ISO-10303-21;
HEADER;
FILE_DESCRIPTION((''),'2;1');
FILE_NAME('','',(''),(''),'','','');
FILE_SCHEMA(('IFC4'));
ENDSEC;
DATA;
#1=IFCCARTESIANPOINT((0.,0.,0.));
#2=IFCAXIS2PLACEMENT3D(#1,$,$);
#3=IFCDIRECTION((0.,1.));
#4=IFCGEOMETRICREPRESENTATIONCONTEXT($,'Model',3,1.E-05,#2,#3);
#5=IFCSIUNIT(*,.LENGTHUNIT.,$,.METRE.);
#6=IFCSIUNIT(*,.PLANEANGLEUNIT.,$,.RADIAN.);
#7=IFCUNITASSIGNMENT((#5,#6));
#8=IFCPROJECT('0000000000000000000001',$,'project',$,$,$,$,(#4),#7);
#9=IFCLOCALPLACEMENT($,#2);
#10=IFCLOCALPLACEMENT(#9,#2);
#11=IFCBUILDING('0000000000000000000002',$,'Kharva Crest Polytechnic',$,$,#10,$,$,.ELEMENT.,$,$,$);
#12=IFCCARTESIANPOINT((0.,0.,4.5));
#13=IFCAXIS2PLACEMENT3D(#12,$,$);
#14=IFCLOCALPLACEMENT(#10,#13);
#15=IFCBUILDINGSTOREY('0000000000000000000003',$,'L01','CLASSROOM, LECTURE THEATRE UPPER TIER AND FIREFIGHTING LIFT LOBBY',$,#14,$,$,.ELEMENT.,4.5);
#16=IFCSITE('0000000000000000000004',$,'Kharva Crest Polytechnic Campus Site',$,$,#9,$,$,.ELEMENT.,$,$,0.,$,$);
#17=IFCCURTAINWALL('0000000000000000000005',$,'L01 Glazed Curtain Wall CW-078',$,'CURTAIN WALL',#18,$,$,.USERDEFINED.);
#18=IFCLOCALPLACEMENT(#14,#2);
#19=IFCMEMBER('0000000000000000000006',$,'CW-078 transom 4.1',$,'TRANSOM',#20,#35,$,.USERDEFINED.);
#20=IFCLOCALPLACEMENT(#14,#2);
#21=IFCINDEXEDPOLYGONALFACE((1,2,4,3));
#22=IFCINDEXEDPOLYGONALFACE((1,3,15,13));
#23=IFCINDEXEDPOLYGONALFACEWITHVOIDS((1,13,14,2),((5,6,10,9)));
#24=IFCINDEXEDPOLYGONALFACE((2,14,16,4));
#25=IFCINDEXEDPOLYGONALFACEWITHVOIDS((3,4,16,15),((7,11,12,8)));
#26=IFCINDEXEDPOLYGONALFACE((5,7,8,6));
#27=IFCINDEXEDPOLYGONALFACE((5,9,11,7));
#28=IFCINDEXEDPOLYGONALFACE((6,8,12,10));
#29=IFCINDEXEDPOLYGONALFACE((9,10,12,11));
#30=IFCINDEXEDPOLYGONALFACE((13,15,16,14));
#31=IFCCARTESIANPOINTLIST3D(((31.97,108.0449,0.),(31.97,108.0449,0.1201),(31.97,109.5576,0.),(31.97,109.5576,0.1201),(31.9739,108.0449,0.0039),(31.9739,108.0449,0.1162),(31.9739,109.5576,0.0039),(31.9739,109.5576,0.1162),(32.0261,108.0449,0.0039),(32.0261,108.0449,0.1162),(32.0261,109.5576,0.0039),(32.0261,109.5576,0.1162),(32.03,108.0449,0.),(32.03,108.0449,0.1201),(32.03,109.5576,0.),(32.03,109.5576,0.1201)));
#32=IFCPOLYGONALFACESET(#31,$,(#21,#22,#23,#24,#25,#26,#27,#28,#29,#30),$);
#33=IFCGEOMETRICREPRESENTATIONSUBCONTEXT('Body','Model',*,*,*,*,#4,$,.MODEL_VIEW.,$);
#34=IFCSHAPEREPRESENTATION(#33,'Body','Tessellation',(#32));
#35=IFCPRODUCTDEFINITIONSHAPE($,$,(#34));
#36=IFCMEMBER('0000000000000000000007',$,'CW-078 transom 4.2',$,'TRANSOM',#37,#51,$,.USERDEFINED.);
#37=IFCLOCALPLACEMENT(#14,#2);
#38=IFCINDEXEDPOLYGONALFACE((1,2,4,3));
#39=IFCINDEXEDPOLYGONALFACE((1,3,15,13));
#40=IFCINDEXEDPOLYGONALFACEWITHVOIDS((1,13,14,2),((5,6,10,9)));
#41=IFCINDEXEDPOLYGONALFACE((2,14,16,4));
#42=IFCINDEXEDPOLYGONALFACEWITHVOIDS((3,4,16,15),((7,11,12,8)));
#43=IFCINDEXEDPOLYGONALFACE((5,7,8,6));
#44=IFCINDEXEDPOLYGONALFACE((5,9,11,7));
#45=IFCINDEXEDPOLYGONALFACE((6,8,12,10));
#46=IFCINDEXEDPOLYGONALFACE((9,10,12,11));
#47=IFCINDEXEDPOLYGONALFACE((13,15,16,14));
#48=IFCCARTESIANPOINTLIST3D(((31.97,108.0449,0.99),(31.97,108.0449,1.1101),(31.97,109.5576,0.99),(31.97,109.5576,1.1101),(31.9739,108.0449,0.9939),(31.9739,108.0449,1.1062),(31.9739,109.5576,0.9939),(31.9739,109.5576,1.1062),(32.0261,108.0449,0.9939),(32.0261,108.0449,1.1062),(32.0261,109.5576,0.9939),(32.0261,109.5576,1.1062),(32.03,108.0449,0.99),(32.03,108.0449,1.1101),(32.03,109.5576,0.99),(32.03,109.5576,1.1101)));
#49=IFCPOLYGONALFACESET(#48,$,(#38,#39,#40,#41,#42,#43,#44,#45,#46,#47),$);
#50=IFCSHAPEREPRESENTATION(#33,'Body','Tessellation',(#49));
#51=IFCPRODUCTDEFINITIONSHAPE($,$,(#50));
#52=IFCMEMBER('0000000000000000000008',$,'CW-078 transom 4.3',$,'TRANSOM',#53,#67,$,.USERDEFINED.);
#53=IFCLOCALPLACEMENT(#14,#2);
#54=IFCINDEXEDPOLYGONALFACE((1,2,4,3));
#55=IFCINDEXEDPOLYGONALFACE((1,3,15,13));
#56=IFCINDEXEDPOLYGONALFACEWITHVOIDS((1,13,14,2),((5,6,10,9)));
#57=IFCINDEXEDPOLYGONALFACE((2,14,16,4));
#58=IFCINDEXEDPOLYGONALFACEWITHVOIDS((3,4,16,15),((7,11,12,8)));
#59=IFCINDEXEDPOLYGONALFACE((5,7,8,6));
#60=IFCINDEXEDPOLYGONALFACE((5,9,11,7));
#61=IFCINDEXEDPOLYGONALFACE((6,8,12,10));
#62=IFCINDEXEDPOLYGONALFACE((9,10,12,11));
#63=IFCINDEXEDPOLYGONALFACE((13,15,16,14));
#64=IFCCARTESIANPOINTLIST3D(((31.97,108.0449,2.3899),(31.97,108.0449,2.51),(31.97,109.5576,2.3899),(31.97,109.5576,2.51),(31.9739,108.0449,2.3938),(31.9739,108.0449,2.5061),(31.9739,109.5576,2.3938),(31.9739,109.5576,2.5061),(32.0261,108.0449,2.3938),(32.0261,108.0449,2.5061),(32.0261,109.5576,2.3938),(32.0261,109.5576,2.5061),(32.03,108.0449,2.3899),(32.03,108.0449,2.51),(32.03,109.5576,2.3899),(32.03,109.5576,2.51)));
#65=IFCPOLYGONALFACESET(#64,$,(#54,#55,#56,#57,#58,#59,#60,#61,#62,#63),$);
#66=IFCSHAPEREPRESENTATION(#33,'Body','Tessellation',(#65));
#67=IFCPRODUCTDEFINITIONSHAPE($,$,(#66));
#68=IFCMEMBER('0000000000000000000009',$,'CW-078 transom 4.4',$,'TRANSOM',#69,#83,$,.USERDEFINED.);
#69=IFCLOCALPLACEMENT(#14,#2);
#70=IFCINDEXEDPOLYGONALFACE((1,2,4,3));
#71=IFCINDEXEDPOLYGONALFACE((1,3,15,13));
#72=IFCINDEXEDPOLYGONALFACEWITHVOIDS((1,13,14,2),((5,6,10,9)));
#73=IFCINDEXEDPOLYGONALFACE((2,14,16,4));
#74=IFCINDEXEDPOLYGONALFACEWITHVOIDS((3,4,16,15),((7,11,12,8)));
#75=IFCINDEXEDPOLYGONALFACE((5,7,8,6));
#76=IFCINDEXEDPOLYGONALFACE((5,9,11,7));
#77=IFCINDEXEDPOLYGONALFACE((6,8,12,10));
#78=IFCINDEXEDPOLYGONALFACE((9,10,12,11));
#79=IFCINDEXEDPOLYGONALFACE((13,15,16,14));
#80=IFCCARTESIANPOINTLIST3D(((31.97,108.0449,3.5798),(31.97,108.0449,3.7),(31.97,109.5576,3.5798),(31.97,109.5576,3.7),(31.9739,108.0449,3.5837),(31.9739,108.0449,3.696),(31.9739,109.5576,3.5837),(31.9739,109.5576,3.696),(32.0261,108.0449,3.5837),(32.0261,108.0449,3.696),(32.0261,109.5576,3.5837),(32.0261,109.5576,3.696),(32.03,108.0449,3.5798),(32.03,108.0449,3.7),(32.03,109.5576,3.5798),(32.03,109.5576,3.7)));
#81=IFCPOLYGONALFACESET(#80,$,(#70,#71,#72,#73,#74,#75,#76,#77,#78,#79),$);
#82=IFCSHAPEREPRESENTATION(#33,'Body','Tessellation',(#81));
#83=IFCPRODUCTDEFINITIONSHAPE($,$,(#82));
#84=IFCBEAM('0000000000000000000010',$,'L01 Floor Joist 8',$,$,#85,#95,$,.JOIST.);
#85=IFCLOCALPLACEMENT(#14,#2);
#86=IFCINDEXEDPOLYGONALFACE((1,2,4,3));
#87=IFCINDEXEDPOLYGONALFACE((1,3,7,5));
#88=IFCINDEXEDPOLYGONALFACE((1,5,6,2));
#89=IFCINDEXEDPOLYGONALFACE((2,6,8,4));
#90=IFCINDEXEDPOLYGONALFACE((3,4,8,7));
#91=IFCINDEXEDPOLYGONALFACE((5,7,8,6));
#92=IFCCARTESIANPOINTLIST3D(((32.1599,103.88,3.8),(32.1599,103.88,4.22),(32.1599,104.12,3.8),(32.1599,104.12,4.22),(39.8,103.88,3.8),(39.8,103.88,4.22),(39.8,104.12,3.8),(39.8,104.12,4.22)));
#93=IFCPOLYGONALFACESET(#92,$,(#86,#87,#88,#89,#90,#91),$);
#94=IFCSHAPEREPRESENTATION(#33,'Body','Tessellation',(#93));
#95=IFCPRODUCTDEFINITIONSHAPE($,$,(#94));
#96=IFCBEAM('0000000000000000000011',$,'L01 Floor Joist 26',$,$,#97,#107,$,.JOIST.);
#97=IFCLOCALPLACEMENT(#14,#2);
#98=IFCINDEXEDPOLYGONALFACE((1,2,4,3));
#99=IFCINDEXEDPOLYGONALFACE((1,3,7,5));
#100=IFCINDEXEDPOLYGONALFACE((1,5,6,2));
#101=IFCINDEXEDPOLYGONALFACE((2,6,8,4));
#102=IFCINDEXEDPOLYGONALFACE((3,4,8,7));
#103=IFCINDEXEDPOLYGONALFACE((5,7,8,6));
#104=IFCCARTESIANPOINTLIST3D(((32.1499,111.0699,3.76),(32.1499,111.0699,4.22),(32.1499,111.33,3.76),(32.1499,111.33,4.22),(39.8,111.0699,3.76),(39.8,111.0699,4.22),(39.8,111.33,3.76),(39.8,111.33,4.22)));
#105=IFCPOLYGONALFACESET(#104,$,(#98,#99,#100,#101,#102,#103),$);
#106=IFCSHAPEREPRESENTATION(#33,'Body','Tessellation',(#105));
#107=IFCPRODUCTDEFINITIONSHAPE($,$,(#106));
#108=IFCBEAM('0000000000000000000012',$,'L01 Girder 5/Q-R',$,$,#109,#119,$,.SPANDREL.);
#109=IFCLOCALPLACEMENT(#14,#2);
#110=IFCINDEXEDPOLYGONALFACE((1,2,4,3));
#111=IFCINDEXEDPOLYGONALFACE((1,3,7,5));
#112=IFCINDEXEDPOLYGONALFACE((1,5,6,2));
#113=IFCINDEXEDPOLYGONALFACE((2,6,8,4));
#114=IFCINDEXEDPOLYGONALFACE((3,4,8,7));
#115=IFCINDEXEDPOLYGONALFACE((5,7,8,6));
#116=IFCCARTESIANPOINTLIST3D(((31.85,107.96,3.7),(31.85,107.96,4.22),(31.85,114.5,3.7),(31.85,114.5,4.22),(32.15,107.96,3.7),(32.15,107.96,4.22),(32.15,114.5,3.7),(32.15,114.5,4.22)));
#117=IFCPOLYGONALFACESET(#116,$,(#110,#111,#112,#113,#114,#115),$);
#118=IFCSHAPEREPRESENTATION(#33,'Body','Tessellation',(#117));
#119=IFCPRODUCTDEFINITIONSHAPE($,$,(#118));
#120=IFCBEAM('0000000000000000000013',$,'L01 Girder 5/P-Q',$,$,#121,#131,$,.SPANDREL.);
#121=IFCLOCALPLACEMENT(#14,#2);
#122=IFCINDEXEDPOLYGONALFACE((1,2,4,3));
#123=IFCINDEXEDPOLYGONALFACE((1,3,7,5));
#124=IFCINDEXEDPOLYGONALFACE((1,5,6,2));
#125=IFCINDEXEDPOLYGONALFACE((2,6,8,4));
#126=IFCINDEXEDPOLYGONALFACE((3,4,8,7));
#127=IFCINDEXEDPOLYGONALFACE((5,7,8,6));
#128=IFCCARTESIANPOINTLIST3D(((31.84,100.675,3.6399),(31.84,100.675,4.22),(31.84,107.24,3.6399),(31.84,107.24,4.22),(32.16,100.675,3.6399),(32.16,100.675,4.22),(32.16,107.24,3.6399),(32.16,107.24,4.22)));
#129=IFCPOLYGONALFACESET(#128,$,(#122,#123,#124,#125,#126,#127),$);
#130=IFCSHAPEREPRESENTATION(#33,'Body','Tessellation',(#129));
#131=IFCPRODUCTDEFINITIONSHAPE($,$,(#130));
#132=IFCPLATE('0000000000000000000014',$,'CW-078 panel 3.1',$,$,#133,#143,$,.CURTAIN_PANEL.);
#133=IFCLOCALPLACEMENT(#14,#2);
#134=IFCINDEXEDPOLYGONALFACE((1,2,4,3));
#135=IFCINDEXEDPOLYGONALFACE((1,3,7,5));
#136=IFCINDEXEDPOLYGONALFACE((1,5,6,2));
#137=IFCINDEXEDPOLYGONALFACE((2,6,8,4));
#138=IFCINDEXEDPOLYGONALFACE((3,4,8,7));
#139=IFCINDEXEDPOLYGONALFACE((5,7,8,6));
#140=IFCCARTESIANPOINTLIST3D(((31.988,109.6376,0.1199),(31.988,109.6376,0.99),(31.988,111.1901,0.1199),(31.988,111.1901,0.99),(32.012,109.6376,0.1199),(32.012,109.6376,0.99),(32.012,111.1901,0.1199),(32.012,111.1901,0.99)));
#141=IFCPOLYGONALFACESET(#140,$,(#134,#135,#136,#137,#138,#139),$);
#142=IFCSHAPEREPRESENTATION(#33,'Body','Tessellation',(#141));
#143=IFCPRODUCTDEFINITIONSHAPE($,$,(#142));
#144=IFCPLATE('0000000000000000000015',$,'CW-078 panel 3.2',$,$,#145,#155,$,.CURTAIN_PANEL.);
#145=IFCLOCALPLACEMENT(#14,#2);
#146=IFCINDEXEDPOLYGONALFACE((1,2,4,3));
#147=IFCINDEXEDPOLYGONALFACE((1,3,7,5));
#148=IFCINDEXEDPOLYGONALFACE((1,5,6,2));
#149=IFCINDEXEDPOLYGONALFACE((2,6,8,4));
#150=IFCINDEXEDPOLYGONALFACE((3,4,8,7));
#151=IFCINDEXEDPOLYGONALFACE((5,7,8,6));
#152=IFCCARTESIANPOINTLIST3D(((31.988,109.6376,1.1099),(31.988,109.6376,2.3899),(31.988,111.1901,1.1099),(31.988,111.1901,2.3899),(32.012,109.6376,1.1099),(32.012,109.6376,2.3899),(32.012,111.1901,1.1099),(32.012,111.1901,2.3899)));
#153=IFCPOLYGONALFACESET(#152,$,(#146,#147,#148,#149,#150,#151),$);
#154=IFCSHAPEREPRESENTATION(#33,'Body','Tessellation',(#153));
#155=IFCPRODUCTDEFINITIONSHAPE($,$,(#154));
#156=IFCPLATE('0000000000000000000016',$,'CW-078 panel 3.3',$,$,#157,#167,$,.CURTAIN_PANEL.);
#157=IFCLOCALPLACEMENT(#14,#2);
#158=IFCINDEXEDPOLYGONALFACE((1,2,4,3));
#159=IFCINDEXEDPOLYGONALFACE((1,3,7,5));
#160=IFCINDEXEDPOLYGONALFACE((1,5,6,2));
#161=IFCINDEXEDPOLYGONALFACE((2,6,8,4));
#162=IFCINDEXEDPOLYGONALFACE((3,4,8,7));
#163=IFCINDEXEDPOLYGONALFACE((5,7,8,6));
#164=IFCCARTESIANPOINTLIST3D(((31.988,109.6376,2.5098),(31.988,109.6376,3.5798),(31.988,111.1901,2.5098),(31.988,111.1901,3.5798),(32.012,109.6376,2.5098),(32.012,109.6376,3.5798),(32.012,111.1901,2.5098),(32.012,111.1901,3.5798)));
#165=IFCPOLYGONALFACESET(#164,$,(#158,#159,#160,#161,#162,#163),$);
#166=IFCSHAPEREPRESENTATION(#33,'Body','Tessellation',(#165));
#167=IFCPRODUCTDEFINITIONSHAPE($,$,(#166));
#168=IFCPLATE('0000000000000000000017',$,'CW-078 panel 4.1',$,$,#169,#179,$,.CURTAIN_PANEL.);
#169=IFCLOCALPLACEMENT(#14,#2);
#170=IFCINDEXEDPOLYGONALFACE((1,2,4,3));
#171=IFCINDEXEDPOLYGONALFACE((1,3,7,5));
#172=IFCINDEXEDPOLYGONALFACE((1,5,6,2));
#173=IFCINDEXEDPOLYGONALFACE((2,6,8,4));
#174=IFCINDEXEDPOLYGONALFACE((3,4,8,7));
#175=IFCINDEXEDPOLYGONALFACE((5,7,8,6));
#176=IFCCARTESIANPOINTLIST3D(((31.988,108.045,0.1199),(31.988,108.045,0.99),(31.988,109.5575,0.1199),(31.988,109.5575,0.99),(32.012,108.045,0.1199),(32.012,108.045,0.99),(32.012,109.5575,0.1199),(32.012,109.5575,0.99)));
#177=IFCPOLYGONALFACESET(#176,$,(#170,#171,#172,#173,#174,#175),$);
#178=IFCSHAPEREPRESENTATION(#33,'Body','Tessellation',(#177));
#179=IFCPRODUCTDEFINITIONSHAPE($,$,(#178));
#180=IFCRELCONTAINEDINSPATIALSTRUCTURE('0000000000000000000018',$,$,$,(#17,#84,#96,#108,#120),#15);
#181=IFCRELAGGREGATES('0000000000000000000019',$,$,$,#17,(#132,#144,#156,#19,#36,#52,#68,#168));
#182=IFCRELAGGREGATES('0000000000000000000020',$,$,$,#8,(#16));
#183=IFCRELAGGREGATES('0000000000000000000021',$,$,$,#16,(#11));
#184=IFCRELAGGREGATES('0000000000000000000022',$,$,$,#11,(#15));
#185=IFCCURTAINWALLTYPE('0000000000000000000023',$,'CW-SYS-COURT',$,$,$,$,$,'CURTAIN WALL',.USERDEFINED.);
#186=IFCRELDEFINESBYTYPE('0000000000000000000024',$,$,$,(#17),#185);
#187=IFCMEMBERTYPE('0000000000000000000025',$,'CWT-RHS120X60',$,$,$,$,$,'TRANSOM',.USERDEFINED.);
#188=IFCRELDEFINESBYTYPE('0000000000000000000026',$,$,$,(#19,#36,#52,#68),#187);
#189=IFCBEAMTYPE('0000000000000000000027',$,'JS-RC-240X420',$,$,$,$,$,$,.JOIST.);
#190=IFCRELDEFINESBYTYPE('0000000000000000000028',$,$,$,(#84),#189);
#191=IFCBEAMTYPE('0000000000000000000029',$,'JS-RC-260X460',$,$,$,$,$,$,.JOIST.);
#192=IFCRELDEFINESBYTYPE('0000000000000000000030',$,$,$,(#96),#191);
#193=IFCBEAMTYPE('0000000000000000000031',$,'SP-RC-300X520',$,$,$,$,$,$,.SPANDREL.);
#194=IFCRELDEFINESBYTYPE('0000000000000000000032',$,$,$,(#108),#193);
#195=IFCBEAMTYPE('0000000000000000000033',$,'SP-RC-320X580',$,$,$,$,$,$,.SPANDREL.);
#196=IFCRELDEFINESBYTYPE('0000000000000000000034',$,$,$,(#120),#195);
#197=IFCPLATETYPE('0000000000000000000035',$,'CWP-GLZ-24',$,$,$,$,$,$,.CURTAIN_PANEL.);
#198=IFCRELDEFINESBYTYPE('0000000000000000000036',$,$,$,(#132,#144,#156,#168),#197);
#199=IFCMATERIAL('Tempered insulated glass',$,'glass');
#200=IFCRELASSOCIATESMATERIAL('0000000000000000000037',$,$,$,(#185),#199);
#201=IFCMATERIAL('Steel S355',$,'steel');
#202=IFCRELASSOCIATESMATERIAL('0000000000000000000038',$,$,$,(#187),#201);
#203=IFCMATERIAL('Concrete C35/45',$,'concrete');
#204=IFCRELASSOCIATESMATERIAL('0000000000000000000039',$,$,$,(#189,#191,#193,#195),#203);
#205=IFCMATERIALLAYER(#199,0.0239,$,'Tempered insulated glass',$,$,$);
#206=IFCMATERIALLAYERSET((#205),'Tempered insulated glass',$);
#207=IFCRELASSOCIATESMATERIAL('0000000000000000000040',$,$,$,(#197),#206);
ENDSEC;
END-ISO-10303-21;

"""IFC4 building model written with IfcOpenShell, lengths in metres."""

from ifc_helpers import new_model, si_unit, direction, frame, origin, origin_2d, place, context, subcontext, project, spatial, rectangle, hollow_rectangle, extrude, material, layer, layer_set, material_profile, profile_set, type_object, element, aggregate, save


model = new_model("IFC4")

# Units and contexts
model_context = context("Model", 3, precision=1e-05, world=origin(), true_north=direction((0.0, 1.0)))
body_context = subcontext(model_context, "Body", "Model", "MODEL_VIEW")
ifc_project = project(units=[si_unit("LENGTHUNIT", "METRE"), si_unit("PLANEANGLEUNIT", "RADIAN")], contexts=[model_context])

# Site, building, storey
site_placement = place(None, origin())
site = spatial("IfcSite", under=ifc_project, at=site_placement, Name="Kharva Crest Polytechnic Campus Site", CompositionType="ELEMENT", RefElevation=0.0)
building_placement = place(site_placement, origin())
building = spatial("IfcBuilding", under=site, at=building_placement, Name="Kharva Crest Polytechnic", CompositionType="ELEMENT")
storey_placement = place(building_placement, frame((0.0, 0.0, 4.5)))
storey = spatial("IfcBuildingStorey", under=building, at=storey_placement, Name="L01", Description="CLASSROOM, LECTURE THEATRE UPPER TIER AND FIREFIGHTING LIFT LOBBY", CompositionType="ELEMENT", Elevation=4.5)

# Shared definitions
ifc_material_1 = material(Name="Concrete C35/45", Category="concrete")

# Curtain wall, members
ifc_material_2 = material(Name="Tempered insulated glass", Category="glass")
curtain_wall_type = type_object("IfcCurtainWallType", Name="CW-SYS-COURT", ElementType="CURTAIN WALL", PredefinedType="USERDEFINED", material=ifc_material_2)
curtain_wall_placement = place(storey_placement, origin())
curtain_wall = element("IfcCurtainWall", 1, at=curtain_wall_placement, inside=storey, type_object=curtain_wall_type, Name="L01 Glazed Curtain Wall CW-078", ObjectType="CURTAIN WALL", PredefinedType="USERDEFINED")
ifc_material_3 = material(Name="Steel S355", Category="steel")
ifc_material_profile_1 = material_profile(ifc_material_3, hollow_rectangle(XDim=0.0601, YDim=0.1201, WallThickness=0.0039, at=origin_2d()), Name="RHS 120X60X4.0")
ifc_profile_set_1 = profile_set([ifc_material_profile_1], Name="Steel S355")
member_type_1 = type_object("IfcMemberType", Name="CWT-RHS120X60", ElementType="TRANSOM", PredefinedType="USERDEFINED", material=ifc_profile_set_1)
member_1_placement = place(storey_placement, frame((32.0, 109.5576, 0.0601), z_axis=(0.0, -1.0, 0.0), x_axis=(1.0, 0.0, 0.0)))
member_1 = element("IfcMember", 2, at=member_1_placement, type_object=member_type_1, Name="CW-078 transom 4.1", ObjectType="TRANSOM", PredefinedType="USERDEFINED", context=body_context, shape_type="SweptSolid", body=[
    extrude(hollow_rectangle(XDim=0.0601, YDim=0.1201, WallThickness=0.0039, at=origin_2d()), origin(), (0.0, 0.0, 1.0), 1.5127),
])
member_2_placement = place(storey_placement, frame((32.0, 109.5576, 1.05), z_axis=(0.0, -1.0, 0.0), x_axis=(1.0, 0.0, 0.0)))
member_2 = element("IfcMember", 3, at=member_2_placement, type_object=member_type_1, Name="CW-078 transom 4.2", ObjectType="TRANSOM", PredefinedType="USERDEFINED", context=body_context, shape_type="SweptSolid", body=[
    extrude(hollow_rectangle(XDim=0.0601, YDim=0.1201, WallThickness=0.0039, at=origin_2d()), origin(), (0.0, 0.0, 1.0), 1.5127),
])
member_3_placement = place(storey_placement, frame((32.0, 109.5576, 2.45), z_axis=(0.0, -1.0, 0.0), x_axis=(1.0, 0.0, 0.0)))
member_3 = element("IfcMember", 4, at=member_3_placement, type_object=member_type_1, Name="CW-078 transom 4.3", ObjectType="TRANSOM", PredefinedType="USERDEFINED", context=body_context, shape_type="SweptSolid", body=[
    extrude(hollow_rectangle(XDim=0.0601, YDim=0.1201, WallThickness=0.0039, at=origin_2d()), origin(), (0.0, 0.0, 1.0), 1.5127),
])
member_4_placement = place(storey_placement, frame((32.0, 109.5576, 3.6399), z_axis=(0.0, -1.0, 0.0), x_axis=(1.0, 0.0, 0.0)))
member_4 = element("IfcMember", 5, at=member_4_placement, type_object=member_type_1, Name="CW-078 transom 4.4", ObjectType="TRANSOM", PredefinedType="USERDEFINED", context=body_context, shape_type="SweptSolid", body=[
    extrude(hollow_rectangle(XDim=0.0601, YDim=0.1201, WallThickness=0.0039, at=origin_2d()), origin(), (0.0, 0.0, 1.0), 1.5127),
])

# Beams
ifc_material_profile_2 = material_profile(ifc_material_1, rectangle(XDim=0.24, YDim=0.4199, at=origin_2d()), Name="RECT 240 X 420")
ifc_profile_set_2 = profile_set([ifc_material_profile_2], Name="Concrete C35/45")
beam_type_1 = type_object("IfcBeamType", Name="JS-RC-240X420", PredefinedType="JOIST", material=ifc_profile_set_2)
beam_1_placement = place(storey_placement, frame((32.1599, 104.0, 4.01), z_axis=(1.0, 0.0, 0.0), x_axis=(0.0, 1.0, 0.0)))
element("IfcBeam", 6, at=beam_1_placement, inside=storey, type_object=beam_type_1, Name="L01 Floor Joist 8", PredefinedType="JOIST", context=body_context, shape_type="SweptSolid", body=[
    extrude(rectangle(XDim=0.24, YDim=0.4199, at=origin_2d()), origin(), (0.0, 0.0, 1.0), 7.6401),
])
ifc_material_profile_3 = material_profile(ifc_material_1, rectangle(XDim=0.26, YDim=0.46, at=origin_2d()), Name="RECT 260 X 460")
ifc_profile_set_3 = profile_set([ifc_material_profile_3], Name="Concrete C35/45")
beam_type_2 = type_object("IfcBeamType", Name="JS-RC-260X460", PredefinedType="JOIST", material=ifc_profile_set_3)
beam_2_placement = place(storey_placement, frame((32.1499, 111.2, 3.99), z_axis=(1.0, 0.0, 0.0), x_axis=(0.0, 1.0, 0.0)))
element("IfcBeam", 7, at=beam_2_placement, inside=storey, type_object=beam_type_2, Name="L01 Floor Joist 26", PredefinedType="JOIST", context=body_context, shape_type="SweptSolid", body=[
    extrude(rectangle(XDim=0.26, YDim=0.46, at=origin_2d()), origin(), (0.0, 0.0, 1.0), 7.6501),
])
ifc_material_profile_4 = material_profile(ifc_material_1, rectangle(XDim=0.3, YDim=0.52, at=origin_2d()), Name="RECT 300 X 520")
ifc_profile_set_4 = profile_set([ifc_material_profile_4], Name="Concrete C35/45")
beam_type_3 = type_object("IfcBeamType", Name="SP-RC-300X520", PredefinedType="SPANDREL", material=ifc_profile_set_4)
beam_3_placement = place(storey_placement, frame((32.0, 107.96, 3.96), z_axis=(0.0, 1.0, 0.0), x_axis=(-1.0, 0.0, 0.0)))
element("IfcBeam", 8, at=beam_3_placement, inside=storey, type_object=beam_type_3, Name="L01 Girder 5/Q-R", PredefinedType="SPANDREL", context=body_context, shape_type="SweptSolid", body=[
    extrude(rectangle(XDim=0.3, YDim=0.52, at=origin_2d()), origin(), (0.0, 0.0, 1.0), 6.54),
])
ifc_material_profile_5 = material_profile(ifc_material_1, rectangle(XDim=0.3201, YDim=0.5801, at=origin_2d()), Name="RECT 320 X 580")
ifc_profile_set_5 = profile_set([ifc_material_profile_5], Name="Concrete C35/45")
beam_type_4 = type_object("IfcBeamType", Name="SP-RC-320X580", PredefinedType="SPANDREL", material=ifc_profile_set_5)
beam_4_placement = place(storey_placement, frame((32.0, 100.675, 3.9299), z_axis=(0.0, 1.0, 0.0), x_axis=(-1.0, 0.0, 0.0)))
element("IfcBeam", 9, at=beam_4_placement, inside=storey, type_object=beam_type_4, Name="L01 Girder 5/P-Q", PredefinedType="SPANDREL", context=body_context, shape_type="SweptSolid", body=[
    extrude(rectangle(XDim=0.3201, YDim=0.5801, at=origin_2d()), origin(), (0.0, 0.0, 1.0), 6.5649),
])

# Plates
ifc_layer_1 = layer(ifc_material_2, 0.0239, Name="Tempered insulated glass")
ifc_layer_set_1 = layer_set([ifc_layer_1], Name="Tempered insulated glass")
plate_type = type_object("IfcPlateType", Name="CWP-GLZ-24", PredefinedType="CURTAIN_PANEL", material=ifc_layer_set_1)
plate_1_placement = place(storey_placement, frame((32.0, 110.4138, 0.1199), z_axis=(0.0, 0.0, 1.0), x_axis=(0.0, -1.0, 0.0)))
plate_1 = element("IfcPlate", 10, at=plate_1_placement, type_object=plate_type, Name="CW-078 panel 3.1", PredefinedType="CURTAIN_PANEL", context=body_context, shape_type="SweptSolid", body=[
    extrude(rectangle(XDim=1.5525, YDim=0.0239, at=origin_2d()), origin(), (0.0, 0.0, 1.0), 0.8701),
])
plate_2_placement = place(storey_placement, frame((32.0, 110.4138, 1.1099), z_axis=(0.0, 0.0, 1.0), x_axis=(0.0, -1.0, 0.0)))
plate_2 = element("IfcPlate", 11, at=plate_2_placement, type_object=plate_type, Name="CW-078 panel 3.2", PredefinedType="CURTAIN_PANEL", context=body_context, shape_type="SweptSolid", body=[
    extrude(rectangle(XDim=1.5525, YDim=0.0239, at=origin_2d()), origin(), (0.0, 0.0, 1.0), 1.28),
])
plate_3_placement = place(storey_placement, frame((32.0, 110.4138, 2.5098), z_axis=(0.0, 0.0, 1.0), x_axis=(0.0, -1.0, 0.0)))
plate_3 = element("IfcPlate", 12, at=plate_3_placement, type_object=plate_type, Name="CW-078 panel 3.3", PredefinedType="CURTAIN_PANEL", context=body_context, shape_type="SweptSolid", body=[
    extrude(rectangle(XDim=1.5525, YDim=0.0239, at=origin_2d()), origin(), (0.0, 0.0, 1.0), 1.0701),
])
plate_4_placement = place(storey_placement, frame((32.0, 108.8013, 0.1199), z_axis=(0.0, 0.0, 1.0), x_axis=(0.0, -1.0, 0.0)))
plate_4 = element("IfcPlate", 13, at=plate_4_placement, type_object=plate_type, Name="CW-078 panel 4.1", PredefinedType="CURTAIN_PANEL", context=body_context, shape_type="SweptSolid", body=[
    extrude(rectangle(XDim=1.5125, YDim=0.0239, at=origin_2d()), origin(), (0.0, 0.0, 1.0), 0.8701),
])
aggregate(curtain_wall, [plate_1, plate_2, plate_3, member_1, member_2, member_3, member_4, plate_4])

save(model, "model.ifc")
